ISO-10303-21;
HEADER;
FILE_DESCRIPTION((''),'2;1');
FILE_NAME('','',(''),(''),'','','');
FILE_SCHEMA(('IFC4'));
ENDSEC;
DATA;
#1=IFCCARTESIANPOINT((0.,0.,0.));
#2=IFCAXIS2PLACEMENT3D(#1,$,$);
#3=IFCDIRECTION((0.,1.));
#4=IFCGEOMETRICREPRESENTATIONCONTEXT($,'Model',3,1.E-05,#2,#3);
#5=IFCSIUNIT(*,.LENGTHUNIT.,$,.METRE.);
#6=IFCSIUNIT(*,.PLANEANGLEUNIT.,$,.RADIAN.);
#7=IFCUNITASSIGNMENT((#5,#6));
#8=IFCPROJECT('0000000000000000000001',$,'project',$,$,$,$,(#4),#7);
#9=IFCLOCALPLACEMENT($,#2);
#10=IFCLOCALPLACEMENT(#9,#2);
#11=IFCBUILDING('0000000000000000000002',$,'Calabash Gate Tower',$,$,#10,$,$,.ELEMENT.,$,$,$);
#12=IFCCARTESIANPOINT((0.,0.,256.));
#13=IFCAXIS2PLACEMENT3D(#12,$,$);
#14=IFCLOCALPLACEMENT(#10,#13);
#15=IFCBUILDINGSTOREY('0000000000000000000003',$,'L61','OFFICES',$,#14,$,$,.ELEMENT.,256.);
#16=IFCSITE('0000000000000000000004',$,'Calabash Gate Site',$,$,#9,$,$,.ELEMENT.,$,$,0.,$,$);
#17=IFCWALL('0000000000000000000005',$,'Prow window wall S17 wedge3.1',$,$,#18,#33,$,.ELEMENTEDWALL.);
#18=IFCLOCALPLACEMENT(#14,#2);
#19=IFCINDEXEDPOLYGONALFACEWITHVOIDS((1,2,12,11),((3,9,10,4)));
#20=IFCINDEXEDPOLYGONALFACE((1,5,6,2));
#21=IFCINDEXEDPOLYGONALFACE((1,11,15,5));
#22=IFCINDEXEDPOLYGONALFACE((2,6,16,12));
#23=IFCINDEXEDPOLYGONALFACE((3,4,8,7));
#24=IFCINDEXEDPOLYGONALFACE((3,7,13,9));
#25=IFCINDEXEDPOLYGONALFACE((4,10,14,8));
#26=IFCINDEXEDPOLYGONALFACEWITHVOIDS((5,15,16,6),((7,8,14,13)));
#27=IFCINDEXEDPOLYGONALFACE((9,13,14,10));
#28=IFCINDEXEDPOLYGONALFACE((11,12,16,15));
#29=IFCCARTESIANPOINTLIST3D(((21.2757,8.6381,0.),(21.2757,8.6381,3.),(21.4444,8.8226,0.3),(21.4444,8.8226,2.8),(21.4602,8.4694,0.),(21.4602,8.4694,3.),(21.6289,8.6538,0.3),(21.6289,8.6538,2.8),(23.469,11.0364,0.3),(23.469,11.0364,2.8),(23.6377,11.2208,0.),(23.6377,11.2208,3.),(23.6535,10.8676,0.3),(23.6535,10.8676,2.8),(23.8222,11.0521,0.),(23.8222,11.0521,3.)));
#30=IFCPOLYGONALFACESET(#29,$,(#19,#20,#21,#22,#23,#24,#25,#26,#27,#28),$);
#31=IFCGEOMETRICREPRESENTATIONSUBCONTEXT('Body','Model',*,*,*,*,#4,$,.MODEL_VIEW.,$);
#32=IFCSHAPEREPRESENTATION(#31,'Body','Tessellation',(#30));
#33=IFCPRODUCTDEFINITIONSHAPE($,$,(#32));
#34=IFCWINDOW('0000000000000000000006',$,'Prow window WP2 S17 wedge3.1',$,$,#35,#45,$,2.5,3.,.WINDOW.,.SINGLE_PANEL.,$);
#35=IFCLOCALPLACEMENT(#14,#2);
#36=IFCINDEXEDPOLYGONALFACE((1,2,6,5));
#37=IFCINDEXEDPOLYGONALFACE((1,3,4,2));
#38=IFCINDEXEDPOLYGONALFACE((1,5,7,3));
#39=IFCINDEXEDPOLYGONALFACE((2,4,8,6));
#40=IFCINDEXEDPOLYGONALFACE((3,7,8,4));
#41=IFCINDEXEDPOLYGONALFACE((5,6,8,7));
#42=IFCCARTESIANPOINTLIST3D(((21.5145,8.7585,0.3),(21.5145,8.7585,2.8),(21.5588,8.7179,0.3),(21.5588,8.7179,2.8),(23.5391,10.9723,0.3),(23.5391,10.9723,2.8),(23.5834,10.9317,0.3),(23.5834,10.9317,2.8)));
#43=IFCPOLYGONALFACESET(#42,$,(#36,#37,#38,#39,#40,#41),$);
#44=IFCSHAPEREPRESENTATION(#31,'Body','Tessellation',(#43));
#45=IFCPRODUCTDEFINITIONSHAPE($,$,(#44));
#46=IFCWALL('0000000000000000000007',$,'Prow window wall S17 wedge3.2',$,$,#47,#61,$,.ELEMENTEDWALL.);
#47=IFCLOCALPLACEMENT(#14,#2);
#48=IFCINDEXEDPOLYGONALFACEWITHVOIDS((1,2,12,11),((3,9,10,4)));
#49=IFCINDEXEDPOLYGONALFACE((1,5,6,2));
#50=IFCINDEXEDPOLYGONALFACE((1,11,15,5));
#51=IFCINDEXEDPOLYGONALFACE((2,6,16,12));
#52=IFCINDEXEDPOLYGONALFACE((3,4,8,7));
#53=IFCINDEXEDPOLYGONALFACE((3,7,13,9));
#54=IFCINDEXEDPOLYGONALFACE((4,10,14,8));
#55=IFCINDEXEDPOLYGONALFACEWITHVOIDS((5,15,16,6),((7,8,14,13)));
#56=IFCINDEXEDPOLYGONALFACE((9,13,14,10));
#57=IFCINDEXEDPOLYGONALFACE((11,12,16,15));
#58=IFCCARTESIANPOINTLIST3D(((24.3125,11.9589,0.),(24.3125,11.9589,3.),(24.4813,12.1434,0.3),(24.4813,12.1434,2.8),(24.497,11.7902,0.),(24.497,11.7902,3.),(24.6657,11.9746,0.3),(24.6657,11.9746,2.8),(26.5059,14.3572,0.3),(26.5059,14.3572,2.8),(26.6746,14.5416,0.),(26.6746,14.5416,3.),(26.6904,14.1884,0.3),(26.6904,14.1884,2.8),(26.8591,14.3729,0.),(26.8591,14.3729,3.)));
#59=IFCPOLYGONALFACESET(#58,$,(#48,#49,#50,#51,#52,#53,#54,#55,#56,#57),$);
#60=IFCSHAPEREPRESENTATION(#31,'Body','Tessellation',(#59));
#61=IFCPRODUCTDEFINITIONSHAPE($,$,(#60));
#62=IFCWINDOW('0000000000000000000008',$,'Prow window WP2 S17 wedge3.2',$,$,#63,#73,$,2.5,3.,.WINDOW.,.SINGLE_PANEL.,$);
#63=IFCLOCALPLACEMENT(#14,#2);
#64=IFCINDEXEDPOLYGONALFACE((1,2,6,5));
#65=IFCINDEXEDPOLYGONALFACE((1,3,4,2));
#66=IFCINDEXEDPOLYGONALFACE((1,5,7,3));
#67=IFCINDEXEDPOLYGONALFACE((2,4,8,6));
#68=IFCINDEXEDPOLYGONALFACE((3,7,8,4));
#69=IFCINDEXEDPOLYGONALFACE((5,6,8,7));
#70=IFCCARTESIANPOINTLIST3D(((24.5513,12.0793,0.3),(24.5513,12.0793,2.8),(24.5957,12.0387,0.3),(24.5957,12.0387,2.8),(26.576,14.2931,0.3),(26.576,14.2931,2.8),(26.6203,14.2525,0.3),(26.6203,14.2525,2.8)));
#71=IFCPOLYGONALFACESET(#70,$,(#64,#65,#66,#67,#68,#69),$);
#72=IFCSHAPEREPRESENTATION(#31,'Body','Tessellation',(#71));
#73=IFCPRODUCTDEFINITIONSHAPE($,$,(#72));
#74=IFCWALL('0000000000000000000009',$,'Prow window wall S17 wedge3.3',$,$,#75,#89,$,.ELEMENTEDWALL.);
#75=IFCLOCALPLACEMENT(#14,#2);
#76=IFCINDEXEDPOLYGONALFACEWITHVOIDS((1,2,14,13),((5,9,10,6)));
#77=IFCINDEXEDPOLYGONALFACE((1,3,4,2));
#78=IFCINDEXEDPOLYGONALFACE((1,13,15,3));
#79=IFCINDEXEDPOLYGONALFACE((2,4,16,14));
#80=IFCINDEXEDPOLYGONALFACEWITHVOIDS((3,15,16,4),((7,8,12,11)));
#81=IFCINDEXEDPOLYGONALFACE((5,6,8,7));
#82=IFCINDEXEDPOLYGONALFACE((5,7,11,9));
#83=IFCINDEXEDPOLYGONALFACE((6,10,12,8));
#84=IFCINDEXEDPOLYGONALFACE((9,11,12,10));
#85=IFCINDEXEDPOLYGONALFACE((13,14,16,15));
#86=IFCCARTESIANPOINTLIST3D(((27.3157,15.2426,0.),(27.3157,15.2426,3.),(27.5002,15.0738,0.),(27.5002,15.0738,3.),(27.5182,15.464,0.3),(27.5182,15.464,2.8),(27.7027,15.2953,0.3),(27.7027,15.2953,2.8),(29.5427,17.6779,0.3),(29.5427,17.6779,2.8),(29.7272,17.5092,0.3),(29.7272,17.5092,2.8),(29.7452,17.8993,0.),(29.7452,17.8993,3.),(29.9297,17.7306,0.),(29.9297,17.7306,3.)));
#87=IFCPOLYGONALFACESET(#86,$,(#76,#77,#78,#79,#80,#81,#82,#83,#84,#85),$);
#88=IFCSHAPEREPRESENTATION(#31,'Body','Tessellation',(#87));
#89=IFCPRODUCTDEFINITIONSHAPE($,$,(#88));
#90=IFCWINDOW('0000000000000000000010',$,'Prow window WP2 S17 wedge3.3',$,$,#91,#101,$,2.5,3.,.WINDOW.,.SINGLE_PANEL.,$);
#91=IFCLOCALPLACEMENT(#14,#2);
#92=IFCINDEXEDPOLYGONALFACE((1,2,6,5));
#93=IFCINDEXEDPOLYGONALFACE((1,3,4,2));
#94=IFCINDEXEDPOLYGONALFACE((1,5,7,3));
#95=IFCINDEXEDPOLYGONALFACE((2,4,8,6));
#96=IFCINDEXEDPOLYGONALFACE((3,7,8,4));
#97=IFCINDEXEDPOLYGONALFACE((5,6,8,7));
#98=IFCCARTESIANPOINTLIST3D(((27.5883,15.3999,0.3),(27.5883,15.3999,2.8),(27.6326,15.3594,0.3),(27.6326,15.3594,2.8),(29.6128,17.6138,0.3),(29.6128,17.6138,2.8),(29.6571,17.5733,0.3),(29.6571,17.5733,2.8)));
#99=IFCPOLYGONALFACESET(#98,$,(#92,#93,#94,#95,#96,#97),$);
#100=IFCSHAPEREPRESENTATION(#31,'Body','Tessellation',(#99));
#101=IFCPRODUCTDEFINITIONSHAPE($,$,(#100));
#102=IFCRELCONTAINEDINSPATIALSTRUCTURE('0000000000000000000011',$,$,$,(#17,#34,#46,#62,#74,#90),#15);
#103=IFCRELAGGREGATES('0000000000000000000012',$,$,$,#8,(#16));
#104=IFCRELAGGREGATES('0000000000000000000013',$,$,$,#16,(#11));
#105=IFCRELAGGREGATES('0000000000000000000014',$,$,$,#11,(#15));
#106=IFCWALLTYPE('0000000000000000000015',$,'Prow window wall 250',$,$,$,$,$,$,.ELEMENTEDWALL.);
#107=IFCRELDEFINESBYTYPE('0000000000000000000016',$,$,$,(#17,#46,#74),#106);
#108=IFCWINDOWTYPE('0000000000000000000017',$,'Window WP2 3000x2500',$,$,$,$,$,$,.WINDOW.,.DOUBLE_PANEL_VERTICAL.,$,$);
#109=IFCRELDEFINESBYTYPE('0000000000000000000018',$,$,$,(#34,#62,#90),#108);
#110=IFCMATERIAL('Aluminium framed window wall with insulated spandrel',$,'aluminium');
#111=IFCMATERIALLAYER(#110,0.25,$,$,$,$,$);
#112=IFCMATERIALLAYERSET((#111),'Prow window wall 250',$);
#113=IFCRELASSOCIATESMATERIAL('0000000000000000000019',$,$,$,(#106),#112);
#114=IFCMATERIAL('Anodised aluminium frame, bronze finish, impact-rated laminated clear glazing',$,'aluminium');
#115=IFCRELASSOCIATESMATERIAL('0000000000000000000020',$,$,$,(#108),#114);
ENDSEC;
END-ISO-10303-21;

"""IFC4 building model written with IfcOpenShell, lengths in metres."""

from ifc_helpers import new_model, si_unit, direction, frame, frame_2d, origin, place, context, subcontext, project, spatial, rectangle, extrude, material, layer, layer_set, type_object, element, fill, save


model = new_model("IFC4")

# Units and contexts
model_context = context("Model", 3, precision=1e-05, world=origin(), true_north=direction((0.0, 1.0)))
body_context = subcontext(model_context, "Body", "Model", "MODEL_VIEW")
ifc_project = project(units=[si_unit("LENGTHUNIT", "METRE"), si_unit("PLANEANGLEUNIT", "RADIAN")], contexts=[model_context])

# Site, building, storey
site_placement = place(None, origin())
site = spatial("IfcSite", under=ifc_project, at=site_placement, Name="Calabash Gate Site", CompositionType="ELEMENT", RefElevation=0.0)
building_placement = place(site_placement, origin())
building = spatial("IfcBuilding", under=site, at=building_placement, Name="Calabash Gate Tower", CompositionType="ELEMENT")
storey_placement = place(building_placement, frame((0.0, 0.0, 256.0)))
storey = spatial("IfcBuildingStorey", under=building, at=storey_placement, Name="L61", Description="OFFICES", CompositionType="ELEMENT", Elevation=256.0)

# Walls, openings, windows
ifc_material_1 = material(Name="Aluminium framed window wall with insulated spandrel", Category="aluminium")
ifc_layer_1 = layer(ifc_material_1, 0.25)
ifc_layer_set_1 = layer_set([ifc_layer_1], Name="Prow window wall 250")
wall_type_1 = type_object("IfcWallType", Name="Prow window wall 250", PredefinedType="ELEMENTEDWALL", material=ifc_layer_set_1)
wall_1_placement = place(storey_placement, frame((21.3679, 8.5537, 0.0), z_axis=(0.0, 0.0, 1.0), x_axis=(0.674874, 0.737933, 0.0)))
wall_1 = element("IfcWall", 1, at=wall_1_placement, inside=storey, type_object=wall_type_1, Name="Prow window wall S17 wedge3.1", PredefinedType="ELEMENTEDWALL", context=body_context, shape_type="SweptSolid", body=[
    extrude(rectangle(XDim=3.5, YDim=0.25, at=frame_2d((1.75, 0.0))), origin(), (0.0, 0.0, 1.0), 3.0),
])
opening_1_placement = place(wall_1_placement, frame((0.25, 0.0, 0.3)))
opening_1 = element("IfcOpeningElement", 2, at=opening_1_placement, cuts=wall_1, PredefinedType="OPENING", context=body_context, shape_type="SweptSolid", body=[
    extrude(rectangle(XDim=3.0, YDim=2.5, at=frame_2d((1.5, 1.25))), frame((0.0, 0.135, 0.0), z_axis=(0.0, -1.0, 0.0), x_axis=(1.0, 0.0, 0.0)), (0.0, 0.0, 1.0), 0.27),
])
ifc_material_2 = material(Name="Anodised aluminium frame, bronze finish, impact-rated laminated clear glazing", Category="aluminium")
window_type = type_object("IfcWindowType", Name="Window WP2 3000x2500", PartitioningType="DOUBLE_PANEL_VERTICAL", PredefinedType="WINDOW", material=ifc_material_2)
window_1_placement = place(opening_1_placement, origin())
window_1 = element("IfcWindow", 3, at=window_1_placement, inside=storey, type_object=window_type, Name="Prow window WP2 S17 wedge3.1", OverallHeight=2.5, OverallWidth=3.0, PartitioningType="SINGLE_PANEL", PredefinedType="WINDOW", context=body_context, shape_type="SweptSolid", body=[
    extrude(rectangle(XDim=3.0, YDim=2.5, at=frame_2d((1.5, 1.25))), frame((0.0, 0.03, 0.0), z_axis=(0.0, -1.0, 0.0), x_axis=(1.0, 0.0, 0.0)), (0.0, 0.0, 1.0), 0.0601),
])
fill(opening_1, window_1)
wall_2_placement = place(storey_placement, frame((24.4048, 11.8745, 0.0), z_axis=(0.0, 0.0, 1.0), x_axis=(0.674874, 0.737933, 0.0)))
wall_2 = element("IfcWall", 4, at=wall_2_placement, inside=storey, type_object=wall_type_1, Name="Prow window wall S17 wedge3.2", PredefinedType="ELEMENTEDWALL", context=body_context, shape_type="SweptSolid", body=[
    extrude(rectangle(XDim=3.5, YDim=0.25, at=frame_2d((1.75, 0.0))), origin(), (0.0, 0.0, 1.0), 3.0),
])
opening_2_placement = place(wall_2_placement, frame((0.25, 0.0, 0.3)))
opening_2 = element("IfcOpeningElement", 5, at=opening_2_placement, cuts=wall_2, PredefinedType="OPENING", context=body_context, shape_type="SweptSolid", body=[
    extrude(rectangle(XDim=3.0, YDim=2.5, at=frame_2d((1.5, 1.25))), frame((0.0, 0.135, 0.0), z_axis=(0.0, -1.0, 0.0), x_axis=(1.0, 0.0, 0.0)), (0.0, 0.0, 1.0), 0.27),
])
window_2_placement = place(opening_2_placement, origin())
window_2 = element("IfcWindow", 6, at=window_2_placement, inside=storey, type_object=window_type, Name="Prow window WP2 S17 wedge3.2", OverallHeight=2.5, OverallWidth=3.0, PartitioningType="SINGLE_PANEL", PredefinedType="WINDOW", context=body_context, shape_type="SweptSolid", body=[
    extrude(rectangle(XDim=3.0, YDim=2.5, at=frame_2d((1.5, 1.25))), frame((0.0, 0.03, 0.0), z_axis=(0.0, -1.0, 0.0), x_axis=(1.0, 0.0, 0.0)), (0.0, 0.0, 1.0), 0.0601),
])
fill(opening_2, window_2)
wall_3_placement = place(storey_placement, frame((27.408, 15.1582, 0.0), z_axis=(0.0, 0.0, 1.0), x_axis=(0.674834, 0.73797, 0.0)))
wall_3 = element("IfcWall", 7, at=wall_3_placement, inside=storey, type_object=wall_type_1, Name="Prow window wall S17 wedge3.3", PredefinedType="ELEMENTEDWALL", context=body_context, shape_type="SweptSolid", body=[
    extrude(rectangle(XDim=3.6001, YDim=0.25, at=frame_2d((1.8, 0.0))), origin(), (0.0, 0.0, 1.0), 3.0),
])
opening_3_placement = place(wall_3_placement, frame((0.3, 0.0, 0.3)))
opening_3 = element("IfcOpeningElement", 8, at=opening_3_placement, cuts=wall_3, PredefinedType="OPENING", context=body_context, shape_type="SweptSolid", body=[
    extrude(rectangle(XDim=3.0, YDim=2.5, at=frame_2d((1.5, 1.25))), frame((0.0, 0.135, 0.0), z_axis=(0.0, -1.0, 0.0), x_axis=(1.0, 0.0, 0.0)), (0.0, 0.0, 1.0), 0.27),
])
window_3_placement = place(opening_3_placement, origin())
window_3 = element("IfcWindow", 9, at=window_3_placement, inside=storey, type_object=window_type, Name="Prow window WP2 S17 wedge3.3", OverallHeight=2.5, OverallWidth=3.0, PartitioningType="SINGLE_PANEL", PredefinedType="WINDOW", context=body_context, shape_type="SweptSolid", body=[
    extrude(rectangle(XDim=3.0, YDim=2.5, at=frame_2d((1.5, 1.25))), frame((0.0, 0.03, 0.0), z_axis=(0.0, -1.0, 0.0), x_axis=(1.0, 0.0, 0.0)), (0.0, 0.0, 1.0), 0.0601),
])
fill(opening_3, window_3)

save(model, "model.ifc")
